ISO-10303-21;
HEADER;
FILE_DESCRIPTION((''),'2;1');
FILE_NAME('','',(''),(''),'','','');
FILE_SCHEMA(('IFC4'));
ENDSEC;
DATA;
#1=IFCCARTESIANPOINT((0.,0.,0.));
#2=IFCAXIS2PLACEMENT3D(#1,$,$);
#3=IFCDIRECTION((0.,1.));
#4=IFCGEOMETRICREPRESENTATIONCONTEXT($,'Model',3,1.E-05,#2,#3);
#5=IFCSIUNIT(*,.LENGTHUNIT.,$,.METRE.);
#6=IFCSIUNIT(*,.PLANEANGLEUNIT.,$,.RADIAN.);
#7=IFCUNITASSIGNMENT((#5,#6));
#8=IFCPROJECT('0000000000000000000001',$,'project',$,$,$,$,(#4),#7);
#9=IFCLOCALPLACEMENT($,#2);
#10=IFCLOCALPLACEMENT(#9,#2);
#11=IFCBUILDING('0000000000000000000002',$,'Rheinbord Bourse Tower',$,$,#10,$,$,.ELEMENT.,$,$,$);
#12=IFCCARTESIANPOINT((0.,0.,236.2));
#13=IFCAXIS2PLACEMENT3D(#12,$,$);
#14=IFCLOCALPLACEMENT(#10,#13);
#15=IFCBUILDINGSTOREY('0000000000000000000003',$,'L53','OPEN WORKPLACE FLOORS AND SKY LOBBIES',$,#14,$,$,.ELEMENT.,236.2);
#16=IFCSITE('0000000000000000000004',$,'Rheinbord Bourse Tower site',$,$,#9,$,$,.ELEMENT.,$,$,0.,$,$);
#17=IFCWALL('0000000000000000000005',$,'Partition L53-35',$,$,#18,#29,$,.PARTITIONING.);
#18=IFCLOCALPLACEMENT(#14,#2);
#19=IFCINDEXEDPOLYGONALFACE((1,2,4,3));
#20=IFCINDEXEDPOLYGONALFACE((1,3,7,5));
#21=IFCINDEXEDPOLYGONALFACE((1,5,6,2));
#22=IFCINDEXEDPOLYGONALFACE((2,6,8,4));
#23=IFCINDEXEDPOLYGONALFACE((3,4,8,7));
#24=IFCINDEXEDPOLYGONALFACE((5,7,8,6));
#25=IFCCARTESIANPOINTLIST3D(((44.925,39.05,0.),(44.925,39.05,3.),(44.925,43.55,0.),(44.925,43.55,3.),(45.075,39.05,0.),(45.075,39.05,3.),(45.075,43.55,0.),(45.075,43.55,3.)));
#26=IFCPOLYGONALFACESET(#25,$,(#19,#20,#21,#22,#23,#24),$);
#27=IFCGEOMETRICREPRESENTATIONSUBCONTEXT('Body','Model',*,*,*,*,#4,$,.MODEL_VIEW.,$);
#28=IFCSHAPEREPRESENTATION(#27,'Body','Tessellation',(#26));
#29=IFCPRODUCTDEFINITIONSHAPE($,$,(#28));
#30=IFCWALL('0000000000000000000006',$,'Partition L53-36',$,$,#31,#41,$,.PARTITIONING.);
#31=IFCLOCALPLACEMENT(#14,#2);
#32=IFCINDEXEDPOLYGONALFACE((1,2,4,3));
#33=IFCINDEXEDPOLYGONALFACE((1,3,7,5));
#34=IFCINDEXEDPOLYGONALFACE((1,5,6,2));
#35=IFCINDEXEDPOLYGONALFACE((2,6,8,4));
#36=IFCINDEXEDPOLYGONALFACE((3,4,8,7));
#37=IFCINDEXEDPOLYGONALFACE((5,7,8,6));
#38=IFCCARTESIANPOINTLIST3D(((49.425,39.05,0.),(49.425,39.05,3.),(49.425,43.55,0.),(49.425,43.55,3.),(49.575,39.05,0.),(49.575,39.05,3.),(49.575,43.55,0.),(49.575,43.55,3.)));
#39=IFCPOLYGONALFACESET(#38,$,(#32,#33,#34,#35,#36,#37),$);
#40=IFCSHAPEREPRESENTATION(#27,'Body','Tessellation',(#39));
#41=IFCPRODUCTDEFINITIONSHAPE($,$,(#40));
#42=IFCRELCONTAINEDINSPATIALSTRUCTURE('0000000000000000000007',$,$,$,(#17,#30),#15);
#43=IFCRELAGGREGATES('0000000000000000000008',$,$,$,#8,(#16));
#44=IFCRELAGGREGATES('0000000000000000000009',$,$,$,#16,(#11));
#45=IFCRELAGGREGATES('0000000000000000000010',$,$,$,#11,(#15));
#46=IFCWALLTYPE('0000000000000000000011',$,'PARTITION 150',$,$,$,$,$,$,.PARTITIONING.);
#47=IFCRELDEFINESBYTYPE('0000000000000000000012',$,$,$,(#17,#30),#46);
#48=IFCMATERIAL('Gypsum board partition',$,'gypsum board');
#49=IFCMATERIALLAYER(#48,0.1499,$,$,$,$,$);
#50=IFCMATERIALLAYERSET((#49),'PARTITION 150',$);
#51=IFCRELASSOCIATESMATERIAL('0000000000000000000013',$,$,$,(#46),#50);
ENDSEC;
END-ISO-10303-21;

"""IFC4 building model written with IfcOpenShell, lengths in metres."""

from ifc_helpers import new_model, si_unit, direction, frame, frame_2d, origin, place, context, subcontext, project, spatial, rectangle, extrude, material, layer, layer_set, type_object, element, save


model = new_model("IFC4")

# Units and contexts
model_context = context("Model", 3, precision=1e-05, world=origin(), true_north=direction((0.0, 1.0)))
body_context = subcontext(model_context, "Body", "Model", "MODEL_VIEW")
ifc_project = project(units=[si_unit("LENGTHUNIT", "METRE"), si_unit("PLANEANGLEUNIT", "RADIAN")], contexts=[model_context])

# Site, building, storey
site_placement = place(None, origin())
site = spatial("IfcSite", under=ifc_project, at=site_placement, Name="Rheinbord Bourse Tower site", CompositionType="ELEMENT", RefElevation=0.0)
building_placement = place(site_placement, origin())
building = spatial("IfcBuilding", under=site, at=building_placement, Name="Rheinbord Bourse Tower", CompositionType="ELEMENT")
storey_placement = place(building_placement, frame((0.0, 0.0, 236.2)))
storey = spatial("IfcBuildingStorey", under=building, at=storey_placement, Name="L53", Description="OPEN WORKPLACE FLOORS AND SKY LOBBIES", CompositionType="ELEMENT", Elevation=236.2)

# Walls
ifc_material_1 = material(Name="Gypsum board partition", Category="gypsum board")
ifc_layer_1 = layer(ifc_material_1, 0.1499)
ifc_layer_set_1 = layer_set([ifc_layer_1], Name="PARTITION 150")
wall_type = type_object("IfcWallType", Name="PARTITION 150", PredefinedType="PARTITIONING", material=ifc_layer_set_1)
for number, where, z_axis, x_axis, name in (
    (1, (45.0, 39.05, 0.0), (0.0, 0.0, 1.0), (0.0, 1.0, 0.0), "Partition L53-35"),
    (2, (49.5, 39.05, 0.0), (0.0, 0.0, 1.0), (0.0, 1.0, 0.0), "Partition L53-36"),
):
    element("IfcWall", number, at=place(storey_placement, frame(where, z_axis=z_axis, x_axis=x_axis)), inside=storey, type_object=wall_type, Name=name, PredefinedType="PARTITIONING", context=body_context, shape_type="SweptSolid", body=[
        extrude(rectangle(XDim=4.5, YDim=0.1499, at=frame_2d((2.25, 0.0))), origin(), (0.0, 0.0, 1.0), 3.0),
    ])

save(model, "model.ifc")
